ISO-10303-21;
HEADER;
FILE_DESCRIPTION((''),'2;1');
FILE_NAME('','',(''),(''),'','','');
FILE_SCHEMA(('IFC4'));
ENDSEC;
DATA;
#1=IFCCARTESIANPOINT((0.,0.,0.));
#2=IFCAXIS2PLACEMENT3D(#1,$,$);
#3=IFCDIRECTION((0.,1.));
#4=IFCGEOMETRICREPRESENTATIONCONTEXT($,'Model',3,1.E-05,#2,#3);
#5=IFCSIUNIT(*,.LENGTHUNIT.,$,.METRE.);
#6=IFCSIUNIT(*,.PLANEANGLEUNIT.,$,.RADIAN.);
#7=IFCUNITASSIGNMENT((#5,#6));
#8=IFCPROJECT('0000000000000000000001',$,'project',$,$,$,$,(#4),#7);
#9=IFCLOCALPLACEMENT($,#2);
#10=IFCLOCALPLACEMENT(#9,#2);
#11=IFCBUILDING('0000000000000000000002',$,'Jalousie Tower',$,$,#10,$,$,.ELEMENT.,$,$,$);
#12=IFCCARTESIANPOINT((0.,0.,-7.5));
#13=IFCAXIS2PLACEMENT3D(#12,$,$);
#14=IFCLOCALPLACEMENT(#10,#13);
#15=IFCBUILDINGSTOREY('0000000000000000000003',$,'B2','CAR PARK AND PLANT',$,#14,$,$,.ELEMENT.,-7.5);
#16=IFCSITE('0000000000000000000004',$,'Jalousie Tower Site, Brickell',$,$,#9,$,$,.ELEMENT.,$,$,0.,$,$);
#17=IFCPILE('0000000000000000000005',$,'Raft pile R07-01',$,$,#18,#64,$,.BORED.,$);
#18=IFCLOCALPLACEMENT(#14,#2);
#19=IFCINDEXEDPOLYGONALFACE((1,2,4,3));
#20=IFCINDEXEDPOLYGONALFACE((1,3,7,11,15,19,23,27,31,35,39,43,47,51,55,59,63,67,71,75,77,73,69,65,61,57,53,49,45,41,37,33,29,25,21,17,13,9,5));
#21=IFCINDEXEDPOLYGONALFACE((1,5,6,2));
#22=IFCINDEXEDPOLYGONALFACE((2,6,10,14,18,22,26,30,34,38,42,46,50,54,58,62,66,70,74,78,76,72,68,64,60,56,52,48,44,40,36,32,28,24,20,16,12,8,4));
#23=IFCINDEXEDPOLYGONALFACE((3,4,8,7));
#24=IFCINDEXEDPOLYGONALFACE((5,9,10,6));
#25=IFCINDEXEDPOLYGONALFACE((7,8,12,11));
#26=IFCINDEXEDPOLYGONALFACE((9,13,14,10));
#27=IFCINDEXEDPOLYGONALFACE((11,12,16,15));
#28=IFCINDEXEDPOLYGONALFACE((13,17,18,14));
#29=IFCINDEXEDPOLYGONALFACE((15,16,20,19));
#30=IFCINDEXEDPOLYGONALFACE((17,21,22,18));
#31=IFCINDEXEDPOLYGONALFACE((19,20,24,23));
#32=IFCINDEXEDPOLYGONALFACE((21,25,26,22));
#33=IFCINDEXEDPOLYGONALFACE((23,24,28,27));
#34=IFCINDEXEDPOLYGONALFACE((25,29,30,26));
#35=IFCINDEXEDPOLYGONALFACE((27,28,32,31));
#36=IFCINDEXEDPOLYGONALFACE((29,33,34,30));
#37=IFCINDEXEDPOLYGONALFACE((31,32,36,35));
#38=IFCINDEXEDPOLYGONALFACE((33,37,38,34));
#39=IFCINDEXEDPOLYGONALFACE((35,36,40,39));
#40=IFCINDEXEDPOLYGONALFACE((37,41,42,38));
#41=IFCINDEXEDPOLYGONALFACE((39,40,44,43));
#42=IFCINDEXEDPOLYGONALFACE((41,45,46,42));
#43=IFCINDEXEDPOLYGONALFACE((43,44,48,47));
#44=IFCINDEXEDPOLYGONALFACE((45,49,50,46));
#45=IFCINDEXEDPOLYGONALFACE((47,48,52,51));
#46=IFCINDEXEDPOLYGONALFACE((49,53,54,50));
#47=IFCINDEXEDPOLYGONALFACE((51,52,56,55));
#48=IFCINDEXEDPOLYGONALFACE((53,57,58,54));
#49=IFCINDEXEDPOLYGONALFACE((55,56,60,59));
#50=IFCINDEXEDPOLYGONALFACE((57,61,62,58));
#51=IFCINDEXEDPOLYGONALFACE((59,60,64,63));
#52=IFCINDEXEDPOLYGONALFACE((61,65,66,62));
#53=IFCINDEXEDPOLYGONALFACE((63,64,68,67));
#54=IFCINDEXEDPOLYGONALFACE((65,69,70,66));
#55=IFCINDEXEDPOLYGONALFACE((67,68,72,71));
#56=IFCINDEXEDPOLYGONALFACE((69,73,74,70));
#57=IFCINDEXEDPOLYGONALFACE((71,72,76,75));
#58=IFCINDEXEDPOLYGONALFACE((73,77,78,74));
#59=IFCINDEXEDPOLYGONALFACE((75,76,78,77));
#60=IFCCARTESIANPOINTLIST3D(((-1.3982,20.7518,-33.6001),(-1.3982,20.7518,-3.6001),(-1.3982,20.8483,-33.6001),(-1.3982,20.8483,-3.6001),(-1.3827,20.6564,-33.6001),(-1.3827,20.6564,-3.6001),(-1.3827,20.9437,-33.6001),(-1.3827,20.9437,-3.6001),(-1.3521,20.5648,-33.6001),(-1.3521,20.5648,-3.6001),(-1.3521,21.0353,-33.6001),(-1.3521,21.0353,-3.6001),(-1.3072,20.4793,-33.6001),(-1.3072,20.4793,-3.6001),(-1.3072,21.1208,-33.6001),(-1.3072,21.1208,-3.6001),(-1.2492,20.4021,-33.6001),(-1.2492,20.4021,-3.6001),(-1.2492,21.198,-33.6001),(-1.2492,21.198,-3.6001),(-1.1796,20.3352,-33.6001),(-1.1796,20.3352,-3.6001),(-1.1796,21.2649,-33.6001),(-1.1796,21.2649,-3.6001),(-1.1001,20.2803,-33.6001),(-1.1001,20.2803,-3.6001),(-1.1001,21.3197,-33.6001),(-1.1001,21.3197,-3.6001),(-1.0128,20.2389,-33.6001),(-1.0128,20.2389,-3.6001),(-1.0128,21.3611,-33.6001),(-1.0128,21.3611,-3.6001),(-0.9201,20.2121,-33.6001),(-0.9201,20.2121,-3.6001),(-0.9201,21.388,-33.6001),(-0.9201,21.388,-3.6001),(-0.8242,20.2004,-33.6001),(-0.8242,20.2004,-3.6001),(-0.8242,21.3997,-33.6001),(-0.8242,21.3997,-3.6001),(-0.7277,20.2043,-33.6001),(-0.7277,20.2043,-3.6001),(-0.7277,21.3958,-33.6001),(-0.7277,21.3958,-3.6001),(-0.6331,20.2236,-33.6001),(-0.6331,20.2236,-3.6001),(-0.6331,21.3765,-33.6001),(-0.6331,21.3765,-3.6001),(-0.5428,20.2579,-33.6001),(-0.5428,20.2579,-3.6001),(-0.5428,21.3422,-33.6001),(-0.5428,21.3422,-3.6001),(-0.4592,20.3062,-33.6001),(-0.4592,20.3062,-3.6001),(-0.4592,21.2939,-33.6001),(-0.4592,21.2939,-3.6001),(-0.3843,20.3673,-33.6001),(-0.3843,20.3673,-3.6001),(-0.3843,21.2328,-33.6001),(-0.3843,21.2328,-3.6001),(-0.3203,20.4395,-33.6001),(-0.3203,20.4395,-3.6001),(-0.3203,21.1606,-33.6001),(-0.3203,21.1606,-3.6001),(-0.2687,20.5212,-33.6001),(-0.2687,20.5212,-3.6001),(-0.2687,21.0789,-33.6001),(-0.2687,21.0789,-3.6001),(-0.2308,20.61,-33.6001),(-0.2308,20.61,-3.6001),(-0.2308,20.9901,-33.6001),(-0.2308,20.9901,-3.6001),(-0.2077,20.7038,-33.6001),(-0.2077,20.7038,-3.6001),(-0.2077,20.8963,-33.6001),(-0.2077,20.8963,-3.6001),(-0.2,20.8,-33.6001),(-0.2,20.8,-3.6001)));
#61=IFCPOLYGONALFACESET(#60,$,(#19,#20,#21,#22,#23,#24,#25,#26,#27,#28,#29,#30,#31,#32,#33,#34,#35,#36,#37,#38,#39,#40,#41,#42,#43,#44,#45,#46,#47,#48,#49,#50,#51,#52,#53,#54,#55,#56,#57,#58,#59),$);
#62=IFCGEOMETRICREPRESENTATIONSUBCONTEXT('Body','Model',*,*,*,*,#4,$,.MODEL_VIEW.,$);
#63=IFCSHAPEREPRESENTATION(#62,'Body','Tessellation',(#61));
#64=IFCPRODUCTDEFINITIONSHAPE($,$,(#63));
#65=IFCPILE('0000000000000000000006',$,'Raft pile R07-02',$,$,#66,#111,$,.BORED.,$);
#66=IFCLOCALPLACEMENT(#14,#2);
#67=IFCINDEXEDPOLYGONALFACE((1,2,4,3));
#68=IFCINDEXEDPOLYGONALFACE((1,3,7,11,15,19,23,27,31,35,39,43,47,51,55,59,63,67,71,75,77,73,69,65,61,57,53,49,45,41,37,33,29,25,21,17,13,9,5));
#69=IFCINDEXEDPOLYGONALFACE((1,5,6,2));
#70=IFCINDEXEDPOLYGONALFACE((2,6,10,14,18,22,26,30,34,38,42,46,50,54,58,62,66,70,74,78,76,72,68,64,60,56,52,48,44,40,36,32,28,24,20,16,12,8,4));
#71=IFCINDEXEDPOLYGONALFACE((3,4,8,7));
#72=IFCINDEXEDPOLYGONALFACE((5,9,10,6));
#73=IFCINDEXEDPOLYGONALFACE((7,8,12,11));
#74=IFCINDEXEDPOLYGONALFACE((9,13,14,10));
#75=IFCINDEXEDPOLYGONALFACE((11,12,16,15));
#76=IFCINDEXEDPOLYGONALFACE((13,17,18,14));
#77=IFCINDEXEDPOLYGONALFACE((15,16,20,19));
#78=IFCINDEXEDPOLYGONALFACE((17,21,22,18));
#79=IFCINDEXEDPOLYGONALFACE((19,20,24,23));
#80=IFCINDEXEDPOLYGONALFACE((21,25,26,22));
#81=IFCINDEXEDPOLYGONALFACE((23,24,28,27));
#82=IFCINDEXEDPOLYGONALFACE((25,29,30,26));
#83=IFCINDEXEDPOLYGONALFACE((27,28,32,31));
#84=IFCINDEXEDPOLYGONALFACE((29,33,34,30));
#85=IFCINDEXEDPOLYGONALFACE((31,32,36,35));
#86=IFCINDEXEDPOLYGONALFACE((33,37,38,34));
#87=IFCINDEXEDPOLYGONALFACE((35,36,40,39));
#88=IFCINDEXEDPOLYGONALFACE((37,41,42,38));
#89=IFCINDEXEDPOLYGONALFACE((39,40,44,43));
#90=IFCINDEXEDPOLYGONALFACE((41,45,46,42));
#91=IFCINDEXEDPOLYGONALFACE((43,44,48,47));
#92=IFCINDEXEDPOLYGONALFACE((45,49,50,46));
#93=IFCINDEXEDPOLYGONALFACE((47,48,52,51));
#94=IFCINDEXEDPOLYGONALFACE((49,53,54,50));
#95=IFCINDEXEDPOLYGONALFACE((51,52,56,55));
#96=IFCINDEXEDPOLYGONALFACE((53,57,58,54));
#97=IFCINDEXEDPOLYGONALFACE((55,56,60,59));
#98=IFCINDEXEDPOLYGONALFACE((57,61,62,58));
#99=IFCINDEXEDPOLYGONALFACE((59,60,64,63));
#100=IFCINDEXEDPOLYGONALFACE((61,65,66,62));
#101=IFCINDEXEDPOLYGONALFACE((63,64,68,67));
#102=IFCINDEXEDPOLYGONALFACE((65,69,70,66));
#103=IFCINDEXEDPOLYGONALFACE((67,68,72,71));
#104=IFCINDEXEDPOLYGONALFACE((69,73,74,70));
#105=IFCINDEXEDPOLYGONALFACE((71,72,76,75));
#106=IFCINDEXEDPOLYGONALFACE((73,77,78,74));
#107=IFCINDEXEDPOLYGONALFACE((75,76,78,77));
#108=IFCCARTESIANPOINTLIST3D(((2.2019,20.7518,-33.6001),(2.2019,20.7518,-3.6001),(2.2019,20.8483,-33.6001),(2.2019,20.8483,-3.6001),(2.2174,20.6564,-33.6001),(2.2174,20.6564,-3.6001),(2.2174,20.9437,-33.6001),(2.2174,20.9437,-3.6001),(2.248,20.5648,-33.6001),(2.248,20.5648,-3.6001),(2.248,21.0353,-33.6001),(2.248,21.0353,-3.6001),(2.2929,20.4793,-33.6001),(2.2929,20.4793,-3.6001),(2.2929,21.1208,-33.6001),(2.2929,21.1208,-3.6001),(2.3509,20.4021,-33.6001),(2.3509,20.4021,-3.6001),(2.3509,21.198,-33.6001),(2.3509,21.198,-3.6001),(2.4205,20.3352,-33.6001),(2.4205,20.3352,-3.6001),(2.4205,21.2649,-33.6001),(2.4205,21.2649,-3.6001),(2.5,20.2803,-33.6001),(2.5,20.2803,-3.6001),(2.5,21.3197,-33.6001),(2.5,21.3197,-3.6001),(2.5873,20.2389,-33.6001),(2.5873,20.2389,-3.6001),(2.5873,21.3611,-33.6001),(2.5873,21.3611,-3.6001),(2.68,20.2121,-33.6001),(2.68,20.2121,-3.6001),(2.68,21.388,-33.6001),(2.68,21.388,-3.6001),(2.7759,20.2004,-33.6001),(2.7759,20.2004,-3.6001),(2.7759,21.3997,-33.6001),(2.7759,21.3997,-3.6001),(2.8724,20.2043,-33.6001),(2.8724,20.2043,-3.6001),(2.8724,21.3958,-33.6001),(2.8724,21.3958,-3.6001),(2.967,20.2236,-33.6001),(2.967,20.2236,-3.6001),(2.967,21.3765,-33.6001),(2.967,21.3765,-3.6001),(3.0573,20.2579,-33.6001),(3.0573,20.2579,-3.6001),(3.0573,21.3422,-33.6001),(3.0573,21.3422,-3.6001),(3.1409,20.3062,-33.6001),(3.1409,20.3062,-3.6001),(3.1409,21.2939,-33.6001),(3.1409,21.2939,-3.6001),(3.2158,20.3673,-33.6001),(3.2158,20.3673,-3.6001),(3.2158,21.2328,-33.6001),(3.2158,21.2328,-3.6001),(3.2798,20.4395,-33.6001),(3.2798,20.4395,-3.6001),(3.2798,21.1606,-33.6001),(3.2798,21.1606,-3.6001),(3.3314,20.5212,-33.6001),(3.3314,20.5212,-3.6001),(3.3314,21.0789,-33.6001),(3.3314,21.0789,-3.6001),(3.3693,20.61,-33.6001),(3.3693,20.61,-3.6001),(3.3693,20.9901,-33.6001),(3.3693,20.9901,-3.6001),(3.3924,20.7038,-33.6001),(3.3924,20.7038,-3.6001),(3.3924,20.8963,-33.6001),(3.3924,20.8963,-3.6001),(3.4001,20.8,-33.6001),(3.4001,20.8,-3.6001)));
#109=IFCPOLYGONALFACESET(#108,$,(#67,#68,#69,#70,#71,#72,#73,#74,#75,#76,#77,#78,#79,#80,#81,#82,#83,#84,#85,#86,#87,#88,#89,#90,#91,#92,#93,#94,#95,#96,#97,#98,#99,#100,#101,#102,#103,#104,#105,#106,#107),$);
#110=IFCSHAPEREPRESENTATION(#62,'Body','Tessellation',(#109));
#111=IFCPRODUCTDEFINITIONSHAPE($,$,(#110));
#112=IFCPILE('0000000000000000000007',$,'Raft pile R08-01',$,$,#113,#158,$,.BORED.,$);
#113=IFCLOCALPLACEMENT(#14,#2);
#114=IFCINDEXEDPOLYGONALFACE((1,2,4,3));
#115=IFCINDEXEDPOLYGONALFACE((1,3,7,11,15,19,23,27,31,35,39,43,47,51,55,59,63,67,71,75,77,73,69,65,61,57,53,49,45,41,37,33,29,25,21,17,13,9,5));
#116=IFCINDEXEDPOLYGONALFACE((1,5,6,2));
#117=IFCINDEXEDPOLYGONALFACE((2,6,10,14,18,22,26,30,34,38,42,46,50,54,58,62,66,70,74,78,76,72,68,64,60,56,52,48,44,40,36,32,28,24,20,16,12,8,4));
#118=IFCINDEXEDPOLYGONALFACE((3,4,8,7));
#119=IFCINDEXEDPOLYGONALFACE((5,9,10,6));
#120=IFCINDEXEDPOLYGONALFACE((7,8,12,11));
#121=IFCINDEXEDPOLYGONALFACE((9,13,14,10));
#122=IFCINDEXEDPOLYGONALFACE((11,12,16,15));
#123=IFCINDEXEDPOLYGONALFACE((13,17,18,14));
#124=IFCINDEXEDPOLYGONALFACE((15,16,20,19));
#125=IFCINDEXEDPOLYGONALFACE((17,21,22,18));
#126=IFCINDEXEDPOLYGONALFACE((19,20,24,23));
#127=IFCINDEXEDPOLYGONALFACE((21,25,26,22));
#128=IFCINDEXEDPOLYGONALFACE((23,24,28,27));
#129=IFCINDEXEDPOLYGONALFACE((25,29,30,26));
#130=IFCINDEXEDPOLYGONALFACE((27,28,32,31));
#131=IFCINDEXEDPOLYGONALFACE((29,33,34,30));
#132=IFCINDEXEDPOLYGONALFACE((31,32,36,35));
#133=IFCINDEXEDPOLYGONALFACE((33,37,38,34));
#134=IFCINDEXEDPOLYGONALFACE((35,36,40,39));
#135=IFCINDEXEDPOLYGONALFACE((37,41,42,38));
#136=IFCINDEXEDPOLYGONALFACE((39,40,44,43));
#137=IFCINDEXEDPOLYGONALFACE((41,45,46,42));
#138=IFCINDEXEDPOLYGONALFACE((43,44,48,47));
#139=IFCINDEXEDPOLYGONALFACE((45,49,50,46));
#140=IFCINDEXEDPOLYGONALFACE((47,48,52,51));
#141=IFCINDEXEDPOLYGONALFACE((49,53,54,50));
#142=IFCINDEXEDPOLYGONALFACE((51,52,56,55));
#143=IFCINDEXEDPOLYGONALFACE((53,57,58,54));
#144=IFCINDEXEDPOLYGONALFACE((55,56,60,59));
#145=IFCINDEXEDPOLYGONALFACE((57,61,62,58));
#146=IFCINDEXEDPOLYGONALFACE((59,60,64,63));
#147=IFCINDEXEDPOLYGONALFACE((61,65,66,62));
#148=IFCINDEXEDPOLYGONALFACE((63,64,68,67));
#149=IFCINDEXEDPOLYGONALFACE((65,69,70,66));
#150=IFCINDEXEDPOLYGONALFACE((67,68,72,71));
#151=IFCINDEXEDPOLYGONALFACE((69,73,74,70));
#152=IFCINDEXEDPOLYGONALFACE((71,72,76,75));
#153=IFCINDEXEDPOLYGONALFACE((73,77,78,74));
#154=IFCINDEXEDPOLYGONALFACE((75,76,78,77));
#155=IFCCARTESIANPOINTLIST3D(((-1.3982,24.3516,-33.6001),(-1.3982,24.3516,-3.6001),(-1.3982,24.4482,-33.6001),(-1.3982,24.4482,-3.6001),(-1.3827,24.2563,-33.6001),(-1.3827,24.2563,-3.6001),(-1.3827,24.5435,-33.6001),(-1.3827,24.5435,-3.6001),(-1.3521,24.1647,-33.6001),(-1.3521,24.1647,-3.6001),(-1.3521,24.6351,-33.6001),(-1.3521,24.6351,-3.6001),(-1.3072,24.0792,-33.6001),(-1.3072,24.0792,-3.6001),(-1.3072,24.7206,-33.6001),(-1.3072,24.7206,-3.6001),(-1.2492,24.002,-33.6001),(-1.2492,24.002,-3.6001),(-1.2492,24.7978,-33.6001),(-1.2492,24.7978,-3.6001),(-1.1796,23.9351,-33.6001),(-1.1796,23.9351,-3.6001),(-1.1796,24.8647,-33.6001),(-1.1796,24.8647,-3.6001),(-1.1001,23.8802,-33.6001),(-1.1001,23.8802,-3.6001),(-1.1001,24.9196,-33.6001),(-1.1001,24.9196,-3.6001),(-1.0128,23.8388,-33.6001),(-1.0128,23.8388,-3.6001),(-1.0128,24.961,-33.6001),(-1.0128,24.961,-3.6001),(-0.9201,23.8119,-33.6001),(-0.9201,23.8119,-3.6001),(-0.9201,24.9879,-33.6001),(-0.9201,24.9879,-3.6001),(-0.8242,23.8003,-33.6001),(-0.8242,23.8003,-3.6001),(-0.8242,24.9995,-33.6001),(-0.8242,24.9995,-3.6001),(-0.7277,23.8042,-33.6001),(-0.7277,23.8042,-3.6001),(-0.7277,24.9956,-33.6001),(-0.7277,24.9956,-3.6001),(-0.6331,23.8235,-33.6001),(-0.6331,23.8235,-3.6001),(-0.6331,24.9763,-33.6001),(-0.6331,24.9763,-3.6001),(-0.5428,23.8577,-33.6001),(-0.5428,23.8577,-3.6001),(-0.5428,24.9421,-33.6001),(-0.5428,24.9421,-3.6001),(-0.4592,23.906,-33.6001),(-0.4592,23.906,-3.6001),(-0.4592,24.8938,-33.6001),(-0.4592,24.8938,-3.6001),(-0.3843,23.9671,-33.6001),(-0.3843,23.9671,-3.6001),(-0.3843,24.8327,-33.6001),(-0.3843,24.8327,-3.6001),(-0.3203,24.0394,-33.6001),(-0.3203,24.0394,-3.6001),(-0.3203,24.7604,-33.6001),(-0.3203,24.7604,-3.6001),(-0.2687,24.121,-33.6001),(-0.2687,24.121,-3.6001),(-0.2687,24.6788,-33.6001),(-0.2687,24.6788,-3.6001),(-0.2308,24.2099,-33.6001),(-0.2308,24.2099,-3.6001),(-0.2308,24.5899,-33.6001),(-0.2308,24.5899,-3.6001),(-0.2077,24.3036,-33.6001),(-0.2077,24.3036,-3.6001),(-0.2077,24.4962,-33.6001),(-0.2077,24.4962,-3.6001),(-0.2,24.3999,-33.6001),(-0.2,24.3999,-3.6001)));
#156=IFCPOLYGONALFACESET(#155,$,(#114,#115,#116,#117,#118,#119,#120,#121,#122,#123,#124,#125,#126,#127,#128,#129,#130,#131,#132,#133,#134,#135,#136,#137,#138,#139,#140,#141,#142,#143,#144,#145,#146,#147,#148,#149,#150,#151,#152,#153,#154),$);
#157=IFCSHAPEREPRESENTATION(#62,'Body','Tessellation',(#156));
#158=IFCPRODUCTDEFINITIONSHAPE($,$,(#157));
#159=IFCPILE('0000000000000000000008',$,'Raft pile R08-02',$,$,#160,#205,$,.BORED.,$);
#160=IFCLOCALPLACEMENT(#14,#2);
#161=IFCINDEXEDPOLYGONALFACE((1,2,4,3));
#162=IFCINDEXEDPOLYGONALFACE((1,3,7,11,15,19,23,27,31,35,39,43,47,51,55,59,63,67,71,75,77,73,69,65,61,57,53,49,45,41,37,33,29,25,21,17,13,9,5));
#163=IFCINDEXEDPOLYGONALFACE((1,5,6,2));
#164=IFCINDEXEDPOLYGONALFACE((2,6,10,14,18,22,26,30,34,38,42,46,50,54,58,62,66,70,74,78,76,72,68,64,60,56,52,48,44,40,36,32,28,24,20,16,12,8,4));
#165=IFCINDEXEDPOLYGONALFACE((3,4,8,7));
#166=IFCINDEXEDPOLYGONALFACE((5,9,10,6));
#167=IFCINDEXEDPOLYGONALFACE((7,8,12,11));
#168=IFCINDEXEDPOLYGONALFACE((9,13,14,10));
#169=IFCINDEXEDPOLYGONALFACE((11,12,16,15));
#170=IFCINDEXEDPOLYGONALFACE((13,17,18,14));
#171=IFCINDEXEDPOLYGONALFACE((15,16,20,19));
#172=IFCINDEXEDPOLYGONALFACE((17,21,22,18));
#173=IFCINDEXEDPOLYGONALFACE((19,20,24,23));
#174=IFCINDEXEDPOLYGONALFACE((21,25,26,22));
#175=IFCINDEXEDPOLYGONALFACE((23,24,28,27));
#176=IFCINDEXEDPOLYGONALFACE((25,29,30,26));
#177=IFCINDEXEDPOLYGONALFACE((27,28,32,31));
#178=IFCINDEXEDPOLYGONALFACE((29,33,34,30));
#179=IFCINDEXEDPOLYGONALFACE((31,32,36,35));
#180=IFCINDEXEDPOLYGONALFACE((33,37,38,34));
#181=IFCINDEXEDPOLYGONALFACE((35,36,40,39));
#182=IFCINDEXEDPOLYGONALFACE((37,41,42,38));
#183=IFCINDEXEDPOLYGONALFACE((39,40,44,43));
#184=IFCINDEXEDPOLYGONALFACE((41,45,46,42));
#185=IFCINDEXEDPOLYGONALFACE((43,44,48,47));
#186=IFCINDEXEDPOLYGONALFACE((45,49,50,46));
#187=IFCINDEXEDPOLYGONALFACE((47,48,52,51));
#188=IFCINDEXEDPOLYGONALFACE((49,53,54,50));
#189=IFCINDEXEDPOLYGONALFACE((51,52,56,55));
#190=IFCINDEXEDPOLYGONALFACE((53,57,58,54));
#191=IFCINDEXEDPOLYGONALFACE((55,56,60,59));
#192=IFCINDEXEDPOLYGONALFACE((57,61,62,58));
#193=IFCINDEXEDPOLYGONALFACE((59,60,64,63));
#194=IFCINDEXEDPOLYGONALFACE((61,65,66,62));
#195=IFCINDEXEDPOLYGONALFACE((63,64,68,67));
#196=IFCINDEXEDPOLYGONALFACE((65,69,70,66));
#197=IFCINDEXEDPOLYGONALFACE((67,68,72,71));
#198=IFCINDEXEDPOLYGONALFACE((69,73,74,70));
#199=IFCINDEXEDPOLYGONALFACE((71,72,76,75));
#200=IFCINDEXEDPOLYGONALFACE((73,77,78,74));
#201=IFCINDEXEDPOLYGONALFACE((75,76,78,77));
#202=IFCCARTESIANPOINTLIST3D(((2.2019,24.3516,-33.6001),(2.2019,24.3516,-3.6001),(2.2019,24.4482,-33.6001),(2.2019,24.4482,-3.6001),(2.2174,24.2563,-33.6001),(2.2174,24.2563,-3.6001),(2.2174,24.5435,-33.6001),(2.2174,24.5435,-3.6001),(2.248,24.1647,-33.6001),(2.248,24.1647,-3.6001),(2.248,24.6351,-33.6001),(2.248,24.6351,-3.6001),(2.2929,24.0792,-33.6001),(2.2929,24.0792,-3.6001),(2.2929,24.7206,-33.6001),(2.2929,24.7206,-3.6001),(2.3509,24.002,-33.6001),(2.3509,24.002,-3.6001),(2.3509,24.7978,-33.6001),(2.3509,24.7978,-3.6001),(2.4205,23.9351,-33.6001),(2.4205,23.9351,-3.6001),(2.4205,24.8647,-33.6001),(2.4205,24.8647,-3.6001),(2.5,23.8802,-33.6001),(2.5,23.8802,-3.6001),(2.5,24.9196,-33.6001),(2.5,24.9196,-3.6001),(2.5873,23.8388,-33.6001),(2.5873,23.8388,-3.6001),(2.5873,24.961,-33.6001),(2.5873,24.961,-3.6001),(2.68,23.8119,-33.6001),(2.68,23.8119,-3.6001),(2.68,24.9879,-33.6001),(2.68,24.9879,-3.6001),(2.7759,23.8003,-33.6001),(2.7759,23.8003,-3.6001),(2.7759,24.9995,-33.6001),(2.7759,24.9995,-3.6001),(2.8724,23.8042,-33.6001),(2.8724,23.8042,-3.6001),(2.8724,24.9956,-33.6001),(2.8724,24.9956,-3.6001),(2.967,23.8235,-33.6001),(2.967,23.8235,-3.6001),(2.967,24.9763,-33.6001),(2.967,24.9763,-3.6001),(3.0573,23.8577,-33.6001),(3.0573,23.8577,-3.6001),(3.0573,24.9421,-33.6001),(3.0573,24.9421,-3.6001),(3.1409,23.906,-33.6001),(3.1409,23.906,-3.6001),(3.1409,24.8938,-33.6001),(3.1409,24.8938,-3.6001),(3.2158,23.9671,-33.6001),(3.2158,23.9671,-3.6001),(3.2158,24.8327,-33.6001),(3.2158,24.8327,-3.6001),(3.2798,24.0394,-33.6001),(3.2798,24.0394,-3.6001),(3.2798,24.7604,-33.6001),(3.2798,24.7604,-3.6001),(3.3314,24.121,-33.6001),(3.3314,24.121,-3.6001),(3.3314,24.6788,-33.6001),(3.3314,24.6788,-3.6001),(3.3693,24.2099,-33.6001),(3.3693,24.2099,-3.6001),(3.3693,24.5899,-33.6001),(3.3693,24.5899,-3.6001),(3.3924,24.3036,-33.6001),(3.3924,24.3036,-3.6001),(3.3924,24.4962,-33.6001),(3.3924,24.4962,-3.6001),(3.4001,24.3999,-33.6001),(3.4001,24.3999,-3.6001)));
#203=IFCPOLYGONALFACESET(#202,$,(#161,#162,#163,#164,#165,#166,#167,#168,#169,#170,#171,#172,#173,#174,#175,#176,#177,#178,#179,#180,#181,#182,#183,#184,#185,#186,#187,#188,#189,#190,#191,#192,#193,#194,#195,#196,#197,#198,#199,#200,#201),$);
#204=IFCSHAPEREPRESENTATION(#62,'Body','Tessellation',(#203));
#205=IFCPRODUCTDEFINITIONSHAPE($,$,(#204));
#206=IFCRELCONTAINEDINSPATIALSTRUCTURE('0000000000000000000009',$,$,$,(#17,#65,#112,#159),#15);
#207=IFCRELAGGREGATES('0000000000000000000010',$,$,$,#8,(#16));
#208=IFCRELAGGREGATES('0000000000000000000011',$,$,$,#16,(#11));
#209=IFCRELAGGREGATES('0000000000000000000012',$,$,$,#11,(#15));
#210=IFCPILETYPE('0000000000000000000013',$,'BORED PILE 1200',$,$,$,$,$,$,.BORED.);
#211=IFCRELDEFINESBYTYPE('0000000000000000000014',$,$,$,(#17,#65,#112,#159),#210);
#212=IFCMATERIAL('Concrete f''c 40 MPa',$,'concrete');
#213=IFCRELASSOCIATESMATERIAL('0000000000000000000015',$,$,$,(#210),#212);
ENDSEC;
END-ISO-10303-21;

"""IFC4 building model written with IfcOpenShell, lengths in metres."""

from ifc_helpers import new_model, si_unit, direction, frame, origin, origin_2d, place, context, subcontext, project, spatial, circle, extrude, material, material_profile, profile_set, type_object, element, save


model = new_model("IFC4")

# Units and contexts
model_context = context("Model", 3, precision=1e-05, world=origin(), true_north=direction((0.0, 1.0)))
body_context = subcontext(model_context, "Body", "Model", "MODEL_VIEW")
ifc_project = project(units=[si_unit("LENGTHUNIT", "METRE"), si_unit("PLANEANGLEUNIT", "RADIAN")], contexts=[model_context])

# Site, building, storey
site_placement = place(None, origin())
site = spatial("IfcSite", under=ifc_project, at=site_placement, Name="Jalousie Tower Site, Brickell", CompositionType="ELEMENT", RefElevation=0.0)
building_placement = place(site_placement, origin())
building = spatial("IfcBuilding", under=site, at=building_placement, Name="Jalousie Tower", CompositionType="ELEMENT")
storey_placement = place(building_placement, frame((0.0, 0.0, -7.5)))
storey = spatial("IfcBuildingStorey", under=building, at=storey_placement, Name="B2", Description="CAR PARK AND PLANT", CompositionType="ELEMENT", Elevation=-7.5)

# Piles
ifc_material_1 = material(Name="Concrete f'c 40 MPa", Category="concrete")
ifc_material_profile_1 = material_profile(ifc_material_1, circle(Radius=0.6001, at=origin_2d()), Name="BORED PILE D1200")
ifc_profile_set_1 = profile_set([ifc_material_profile_1], Name="Concrete f'c 40 MPa")
pile_type_1 = type_object("IfcPileType", Name="BORED PILE 1200", PredefinedType="BORED", material=ifc_profile_set_1)
for number, where, z_axis, x_axis, name in (
    (1, (-0.8, 20.8, -3.6001), (0.0, 0.0, -1.0), (1.0, 0.0, 0.0), "Raft pile R07-01"),
    (2, (2.8, 20.8, -3.6001), (0.0, 0.0, -1.0), (1.0, 0.0, 0.0), "Raft pile R07-02"),
    (3, (-0.8, 24.3999, -3.6001), (0.0, 0.0, -1.0), (1.0, 0.0, 0.0), "Raft pile R08-01"),
    (4, (2.8, 24.3999, -3.6001), (0.0, 0.0, -1.0), (1.0, 0.0, 0.0), "Raft pile R08-02"),
):
    element("IfcPile", number, at=place(storey_placement, frame(where, z_axis=z_axis, x_axis=x_axis)), inside=storey, type_object=pile_type_1, Name=name, PredefinedType="BORED", context=body_context, shape_type="SweptSolid", body=[
        extrude(circle(Radius=0.6001, at=origin_2d()), origin(), (0.0, 0.0, 1.0), 30.0),
    ])

save(model, "model.ifc")
